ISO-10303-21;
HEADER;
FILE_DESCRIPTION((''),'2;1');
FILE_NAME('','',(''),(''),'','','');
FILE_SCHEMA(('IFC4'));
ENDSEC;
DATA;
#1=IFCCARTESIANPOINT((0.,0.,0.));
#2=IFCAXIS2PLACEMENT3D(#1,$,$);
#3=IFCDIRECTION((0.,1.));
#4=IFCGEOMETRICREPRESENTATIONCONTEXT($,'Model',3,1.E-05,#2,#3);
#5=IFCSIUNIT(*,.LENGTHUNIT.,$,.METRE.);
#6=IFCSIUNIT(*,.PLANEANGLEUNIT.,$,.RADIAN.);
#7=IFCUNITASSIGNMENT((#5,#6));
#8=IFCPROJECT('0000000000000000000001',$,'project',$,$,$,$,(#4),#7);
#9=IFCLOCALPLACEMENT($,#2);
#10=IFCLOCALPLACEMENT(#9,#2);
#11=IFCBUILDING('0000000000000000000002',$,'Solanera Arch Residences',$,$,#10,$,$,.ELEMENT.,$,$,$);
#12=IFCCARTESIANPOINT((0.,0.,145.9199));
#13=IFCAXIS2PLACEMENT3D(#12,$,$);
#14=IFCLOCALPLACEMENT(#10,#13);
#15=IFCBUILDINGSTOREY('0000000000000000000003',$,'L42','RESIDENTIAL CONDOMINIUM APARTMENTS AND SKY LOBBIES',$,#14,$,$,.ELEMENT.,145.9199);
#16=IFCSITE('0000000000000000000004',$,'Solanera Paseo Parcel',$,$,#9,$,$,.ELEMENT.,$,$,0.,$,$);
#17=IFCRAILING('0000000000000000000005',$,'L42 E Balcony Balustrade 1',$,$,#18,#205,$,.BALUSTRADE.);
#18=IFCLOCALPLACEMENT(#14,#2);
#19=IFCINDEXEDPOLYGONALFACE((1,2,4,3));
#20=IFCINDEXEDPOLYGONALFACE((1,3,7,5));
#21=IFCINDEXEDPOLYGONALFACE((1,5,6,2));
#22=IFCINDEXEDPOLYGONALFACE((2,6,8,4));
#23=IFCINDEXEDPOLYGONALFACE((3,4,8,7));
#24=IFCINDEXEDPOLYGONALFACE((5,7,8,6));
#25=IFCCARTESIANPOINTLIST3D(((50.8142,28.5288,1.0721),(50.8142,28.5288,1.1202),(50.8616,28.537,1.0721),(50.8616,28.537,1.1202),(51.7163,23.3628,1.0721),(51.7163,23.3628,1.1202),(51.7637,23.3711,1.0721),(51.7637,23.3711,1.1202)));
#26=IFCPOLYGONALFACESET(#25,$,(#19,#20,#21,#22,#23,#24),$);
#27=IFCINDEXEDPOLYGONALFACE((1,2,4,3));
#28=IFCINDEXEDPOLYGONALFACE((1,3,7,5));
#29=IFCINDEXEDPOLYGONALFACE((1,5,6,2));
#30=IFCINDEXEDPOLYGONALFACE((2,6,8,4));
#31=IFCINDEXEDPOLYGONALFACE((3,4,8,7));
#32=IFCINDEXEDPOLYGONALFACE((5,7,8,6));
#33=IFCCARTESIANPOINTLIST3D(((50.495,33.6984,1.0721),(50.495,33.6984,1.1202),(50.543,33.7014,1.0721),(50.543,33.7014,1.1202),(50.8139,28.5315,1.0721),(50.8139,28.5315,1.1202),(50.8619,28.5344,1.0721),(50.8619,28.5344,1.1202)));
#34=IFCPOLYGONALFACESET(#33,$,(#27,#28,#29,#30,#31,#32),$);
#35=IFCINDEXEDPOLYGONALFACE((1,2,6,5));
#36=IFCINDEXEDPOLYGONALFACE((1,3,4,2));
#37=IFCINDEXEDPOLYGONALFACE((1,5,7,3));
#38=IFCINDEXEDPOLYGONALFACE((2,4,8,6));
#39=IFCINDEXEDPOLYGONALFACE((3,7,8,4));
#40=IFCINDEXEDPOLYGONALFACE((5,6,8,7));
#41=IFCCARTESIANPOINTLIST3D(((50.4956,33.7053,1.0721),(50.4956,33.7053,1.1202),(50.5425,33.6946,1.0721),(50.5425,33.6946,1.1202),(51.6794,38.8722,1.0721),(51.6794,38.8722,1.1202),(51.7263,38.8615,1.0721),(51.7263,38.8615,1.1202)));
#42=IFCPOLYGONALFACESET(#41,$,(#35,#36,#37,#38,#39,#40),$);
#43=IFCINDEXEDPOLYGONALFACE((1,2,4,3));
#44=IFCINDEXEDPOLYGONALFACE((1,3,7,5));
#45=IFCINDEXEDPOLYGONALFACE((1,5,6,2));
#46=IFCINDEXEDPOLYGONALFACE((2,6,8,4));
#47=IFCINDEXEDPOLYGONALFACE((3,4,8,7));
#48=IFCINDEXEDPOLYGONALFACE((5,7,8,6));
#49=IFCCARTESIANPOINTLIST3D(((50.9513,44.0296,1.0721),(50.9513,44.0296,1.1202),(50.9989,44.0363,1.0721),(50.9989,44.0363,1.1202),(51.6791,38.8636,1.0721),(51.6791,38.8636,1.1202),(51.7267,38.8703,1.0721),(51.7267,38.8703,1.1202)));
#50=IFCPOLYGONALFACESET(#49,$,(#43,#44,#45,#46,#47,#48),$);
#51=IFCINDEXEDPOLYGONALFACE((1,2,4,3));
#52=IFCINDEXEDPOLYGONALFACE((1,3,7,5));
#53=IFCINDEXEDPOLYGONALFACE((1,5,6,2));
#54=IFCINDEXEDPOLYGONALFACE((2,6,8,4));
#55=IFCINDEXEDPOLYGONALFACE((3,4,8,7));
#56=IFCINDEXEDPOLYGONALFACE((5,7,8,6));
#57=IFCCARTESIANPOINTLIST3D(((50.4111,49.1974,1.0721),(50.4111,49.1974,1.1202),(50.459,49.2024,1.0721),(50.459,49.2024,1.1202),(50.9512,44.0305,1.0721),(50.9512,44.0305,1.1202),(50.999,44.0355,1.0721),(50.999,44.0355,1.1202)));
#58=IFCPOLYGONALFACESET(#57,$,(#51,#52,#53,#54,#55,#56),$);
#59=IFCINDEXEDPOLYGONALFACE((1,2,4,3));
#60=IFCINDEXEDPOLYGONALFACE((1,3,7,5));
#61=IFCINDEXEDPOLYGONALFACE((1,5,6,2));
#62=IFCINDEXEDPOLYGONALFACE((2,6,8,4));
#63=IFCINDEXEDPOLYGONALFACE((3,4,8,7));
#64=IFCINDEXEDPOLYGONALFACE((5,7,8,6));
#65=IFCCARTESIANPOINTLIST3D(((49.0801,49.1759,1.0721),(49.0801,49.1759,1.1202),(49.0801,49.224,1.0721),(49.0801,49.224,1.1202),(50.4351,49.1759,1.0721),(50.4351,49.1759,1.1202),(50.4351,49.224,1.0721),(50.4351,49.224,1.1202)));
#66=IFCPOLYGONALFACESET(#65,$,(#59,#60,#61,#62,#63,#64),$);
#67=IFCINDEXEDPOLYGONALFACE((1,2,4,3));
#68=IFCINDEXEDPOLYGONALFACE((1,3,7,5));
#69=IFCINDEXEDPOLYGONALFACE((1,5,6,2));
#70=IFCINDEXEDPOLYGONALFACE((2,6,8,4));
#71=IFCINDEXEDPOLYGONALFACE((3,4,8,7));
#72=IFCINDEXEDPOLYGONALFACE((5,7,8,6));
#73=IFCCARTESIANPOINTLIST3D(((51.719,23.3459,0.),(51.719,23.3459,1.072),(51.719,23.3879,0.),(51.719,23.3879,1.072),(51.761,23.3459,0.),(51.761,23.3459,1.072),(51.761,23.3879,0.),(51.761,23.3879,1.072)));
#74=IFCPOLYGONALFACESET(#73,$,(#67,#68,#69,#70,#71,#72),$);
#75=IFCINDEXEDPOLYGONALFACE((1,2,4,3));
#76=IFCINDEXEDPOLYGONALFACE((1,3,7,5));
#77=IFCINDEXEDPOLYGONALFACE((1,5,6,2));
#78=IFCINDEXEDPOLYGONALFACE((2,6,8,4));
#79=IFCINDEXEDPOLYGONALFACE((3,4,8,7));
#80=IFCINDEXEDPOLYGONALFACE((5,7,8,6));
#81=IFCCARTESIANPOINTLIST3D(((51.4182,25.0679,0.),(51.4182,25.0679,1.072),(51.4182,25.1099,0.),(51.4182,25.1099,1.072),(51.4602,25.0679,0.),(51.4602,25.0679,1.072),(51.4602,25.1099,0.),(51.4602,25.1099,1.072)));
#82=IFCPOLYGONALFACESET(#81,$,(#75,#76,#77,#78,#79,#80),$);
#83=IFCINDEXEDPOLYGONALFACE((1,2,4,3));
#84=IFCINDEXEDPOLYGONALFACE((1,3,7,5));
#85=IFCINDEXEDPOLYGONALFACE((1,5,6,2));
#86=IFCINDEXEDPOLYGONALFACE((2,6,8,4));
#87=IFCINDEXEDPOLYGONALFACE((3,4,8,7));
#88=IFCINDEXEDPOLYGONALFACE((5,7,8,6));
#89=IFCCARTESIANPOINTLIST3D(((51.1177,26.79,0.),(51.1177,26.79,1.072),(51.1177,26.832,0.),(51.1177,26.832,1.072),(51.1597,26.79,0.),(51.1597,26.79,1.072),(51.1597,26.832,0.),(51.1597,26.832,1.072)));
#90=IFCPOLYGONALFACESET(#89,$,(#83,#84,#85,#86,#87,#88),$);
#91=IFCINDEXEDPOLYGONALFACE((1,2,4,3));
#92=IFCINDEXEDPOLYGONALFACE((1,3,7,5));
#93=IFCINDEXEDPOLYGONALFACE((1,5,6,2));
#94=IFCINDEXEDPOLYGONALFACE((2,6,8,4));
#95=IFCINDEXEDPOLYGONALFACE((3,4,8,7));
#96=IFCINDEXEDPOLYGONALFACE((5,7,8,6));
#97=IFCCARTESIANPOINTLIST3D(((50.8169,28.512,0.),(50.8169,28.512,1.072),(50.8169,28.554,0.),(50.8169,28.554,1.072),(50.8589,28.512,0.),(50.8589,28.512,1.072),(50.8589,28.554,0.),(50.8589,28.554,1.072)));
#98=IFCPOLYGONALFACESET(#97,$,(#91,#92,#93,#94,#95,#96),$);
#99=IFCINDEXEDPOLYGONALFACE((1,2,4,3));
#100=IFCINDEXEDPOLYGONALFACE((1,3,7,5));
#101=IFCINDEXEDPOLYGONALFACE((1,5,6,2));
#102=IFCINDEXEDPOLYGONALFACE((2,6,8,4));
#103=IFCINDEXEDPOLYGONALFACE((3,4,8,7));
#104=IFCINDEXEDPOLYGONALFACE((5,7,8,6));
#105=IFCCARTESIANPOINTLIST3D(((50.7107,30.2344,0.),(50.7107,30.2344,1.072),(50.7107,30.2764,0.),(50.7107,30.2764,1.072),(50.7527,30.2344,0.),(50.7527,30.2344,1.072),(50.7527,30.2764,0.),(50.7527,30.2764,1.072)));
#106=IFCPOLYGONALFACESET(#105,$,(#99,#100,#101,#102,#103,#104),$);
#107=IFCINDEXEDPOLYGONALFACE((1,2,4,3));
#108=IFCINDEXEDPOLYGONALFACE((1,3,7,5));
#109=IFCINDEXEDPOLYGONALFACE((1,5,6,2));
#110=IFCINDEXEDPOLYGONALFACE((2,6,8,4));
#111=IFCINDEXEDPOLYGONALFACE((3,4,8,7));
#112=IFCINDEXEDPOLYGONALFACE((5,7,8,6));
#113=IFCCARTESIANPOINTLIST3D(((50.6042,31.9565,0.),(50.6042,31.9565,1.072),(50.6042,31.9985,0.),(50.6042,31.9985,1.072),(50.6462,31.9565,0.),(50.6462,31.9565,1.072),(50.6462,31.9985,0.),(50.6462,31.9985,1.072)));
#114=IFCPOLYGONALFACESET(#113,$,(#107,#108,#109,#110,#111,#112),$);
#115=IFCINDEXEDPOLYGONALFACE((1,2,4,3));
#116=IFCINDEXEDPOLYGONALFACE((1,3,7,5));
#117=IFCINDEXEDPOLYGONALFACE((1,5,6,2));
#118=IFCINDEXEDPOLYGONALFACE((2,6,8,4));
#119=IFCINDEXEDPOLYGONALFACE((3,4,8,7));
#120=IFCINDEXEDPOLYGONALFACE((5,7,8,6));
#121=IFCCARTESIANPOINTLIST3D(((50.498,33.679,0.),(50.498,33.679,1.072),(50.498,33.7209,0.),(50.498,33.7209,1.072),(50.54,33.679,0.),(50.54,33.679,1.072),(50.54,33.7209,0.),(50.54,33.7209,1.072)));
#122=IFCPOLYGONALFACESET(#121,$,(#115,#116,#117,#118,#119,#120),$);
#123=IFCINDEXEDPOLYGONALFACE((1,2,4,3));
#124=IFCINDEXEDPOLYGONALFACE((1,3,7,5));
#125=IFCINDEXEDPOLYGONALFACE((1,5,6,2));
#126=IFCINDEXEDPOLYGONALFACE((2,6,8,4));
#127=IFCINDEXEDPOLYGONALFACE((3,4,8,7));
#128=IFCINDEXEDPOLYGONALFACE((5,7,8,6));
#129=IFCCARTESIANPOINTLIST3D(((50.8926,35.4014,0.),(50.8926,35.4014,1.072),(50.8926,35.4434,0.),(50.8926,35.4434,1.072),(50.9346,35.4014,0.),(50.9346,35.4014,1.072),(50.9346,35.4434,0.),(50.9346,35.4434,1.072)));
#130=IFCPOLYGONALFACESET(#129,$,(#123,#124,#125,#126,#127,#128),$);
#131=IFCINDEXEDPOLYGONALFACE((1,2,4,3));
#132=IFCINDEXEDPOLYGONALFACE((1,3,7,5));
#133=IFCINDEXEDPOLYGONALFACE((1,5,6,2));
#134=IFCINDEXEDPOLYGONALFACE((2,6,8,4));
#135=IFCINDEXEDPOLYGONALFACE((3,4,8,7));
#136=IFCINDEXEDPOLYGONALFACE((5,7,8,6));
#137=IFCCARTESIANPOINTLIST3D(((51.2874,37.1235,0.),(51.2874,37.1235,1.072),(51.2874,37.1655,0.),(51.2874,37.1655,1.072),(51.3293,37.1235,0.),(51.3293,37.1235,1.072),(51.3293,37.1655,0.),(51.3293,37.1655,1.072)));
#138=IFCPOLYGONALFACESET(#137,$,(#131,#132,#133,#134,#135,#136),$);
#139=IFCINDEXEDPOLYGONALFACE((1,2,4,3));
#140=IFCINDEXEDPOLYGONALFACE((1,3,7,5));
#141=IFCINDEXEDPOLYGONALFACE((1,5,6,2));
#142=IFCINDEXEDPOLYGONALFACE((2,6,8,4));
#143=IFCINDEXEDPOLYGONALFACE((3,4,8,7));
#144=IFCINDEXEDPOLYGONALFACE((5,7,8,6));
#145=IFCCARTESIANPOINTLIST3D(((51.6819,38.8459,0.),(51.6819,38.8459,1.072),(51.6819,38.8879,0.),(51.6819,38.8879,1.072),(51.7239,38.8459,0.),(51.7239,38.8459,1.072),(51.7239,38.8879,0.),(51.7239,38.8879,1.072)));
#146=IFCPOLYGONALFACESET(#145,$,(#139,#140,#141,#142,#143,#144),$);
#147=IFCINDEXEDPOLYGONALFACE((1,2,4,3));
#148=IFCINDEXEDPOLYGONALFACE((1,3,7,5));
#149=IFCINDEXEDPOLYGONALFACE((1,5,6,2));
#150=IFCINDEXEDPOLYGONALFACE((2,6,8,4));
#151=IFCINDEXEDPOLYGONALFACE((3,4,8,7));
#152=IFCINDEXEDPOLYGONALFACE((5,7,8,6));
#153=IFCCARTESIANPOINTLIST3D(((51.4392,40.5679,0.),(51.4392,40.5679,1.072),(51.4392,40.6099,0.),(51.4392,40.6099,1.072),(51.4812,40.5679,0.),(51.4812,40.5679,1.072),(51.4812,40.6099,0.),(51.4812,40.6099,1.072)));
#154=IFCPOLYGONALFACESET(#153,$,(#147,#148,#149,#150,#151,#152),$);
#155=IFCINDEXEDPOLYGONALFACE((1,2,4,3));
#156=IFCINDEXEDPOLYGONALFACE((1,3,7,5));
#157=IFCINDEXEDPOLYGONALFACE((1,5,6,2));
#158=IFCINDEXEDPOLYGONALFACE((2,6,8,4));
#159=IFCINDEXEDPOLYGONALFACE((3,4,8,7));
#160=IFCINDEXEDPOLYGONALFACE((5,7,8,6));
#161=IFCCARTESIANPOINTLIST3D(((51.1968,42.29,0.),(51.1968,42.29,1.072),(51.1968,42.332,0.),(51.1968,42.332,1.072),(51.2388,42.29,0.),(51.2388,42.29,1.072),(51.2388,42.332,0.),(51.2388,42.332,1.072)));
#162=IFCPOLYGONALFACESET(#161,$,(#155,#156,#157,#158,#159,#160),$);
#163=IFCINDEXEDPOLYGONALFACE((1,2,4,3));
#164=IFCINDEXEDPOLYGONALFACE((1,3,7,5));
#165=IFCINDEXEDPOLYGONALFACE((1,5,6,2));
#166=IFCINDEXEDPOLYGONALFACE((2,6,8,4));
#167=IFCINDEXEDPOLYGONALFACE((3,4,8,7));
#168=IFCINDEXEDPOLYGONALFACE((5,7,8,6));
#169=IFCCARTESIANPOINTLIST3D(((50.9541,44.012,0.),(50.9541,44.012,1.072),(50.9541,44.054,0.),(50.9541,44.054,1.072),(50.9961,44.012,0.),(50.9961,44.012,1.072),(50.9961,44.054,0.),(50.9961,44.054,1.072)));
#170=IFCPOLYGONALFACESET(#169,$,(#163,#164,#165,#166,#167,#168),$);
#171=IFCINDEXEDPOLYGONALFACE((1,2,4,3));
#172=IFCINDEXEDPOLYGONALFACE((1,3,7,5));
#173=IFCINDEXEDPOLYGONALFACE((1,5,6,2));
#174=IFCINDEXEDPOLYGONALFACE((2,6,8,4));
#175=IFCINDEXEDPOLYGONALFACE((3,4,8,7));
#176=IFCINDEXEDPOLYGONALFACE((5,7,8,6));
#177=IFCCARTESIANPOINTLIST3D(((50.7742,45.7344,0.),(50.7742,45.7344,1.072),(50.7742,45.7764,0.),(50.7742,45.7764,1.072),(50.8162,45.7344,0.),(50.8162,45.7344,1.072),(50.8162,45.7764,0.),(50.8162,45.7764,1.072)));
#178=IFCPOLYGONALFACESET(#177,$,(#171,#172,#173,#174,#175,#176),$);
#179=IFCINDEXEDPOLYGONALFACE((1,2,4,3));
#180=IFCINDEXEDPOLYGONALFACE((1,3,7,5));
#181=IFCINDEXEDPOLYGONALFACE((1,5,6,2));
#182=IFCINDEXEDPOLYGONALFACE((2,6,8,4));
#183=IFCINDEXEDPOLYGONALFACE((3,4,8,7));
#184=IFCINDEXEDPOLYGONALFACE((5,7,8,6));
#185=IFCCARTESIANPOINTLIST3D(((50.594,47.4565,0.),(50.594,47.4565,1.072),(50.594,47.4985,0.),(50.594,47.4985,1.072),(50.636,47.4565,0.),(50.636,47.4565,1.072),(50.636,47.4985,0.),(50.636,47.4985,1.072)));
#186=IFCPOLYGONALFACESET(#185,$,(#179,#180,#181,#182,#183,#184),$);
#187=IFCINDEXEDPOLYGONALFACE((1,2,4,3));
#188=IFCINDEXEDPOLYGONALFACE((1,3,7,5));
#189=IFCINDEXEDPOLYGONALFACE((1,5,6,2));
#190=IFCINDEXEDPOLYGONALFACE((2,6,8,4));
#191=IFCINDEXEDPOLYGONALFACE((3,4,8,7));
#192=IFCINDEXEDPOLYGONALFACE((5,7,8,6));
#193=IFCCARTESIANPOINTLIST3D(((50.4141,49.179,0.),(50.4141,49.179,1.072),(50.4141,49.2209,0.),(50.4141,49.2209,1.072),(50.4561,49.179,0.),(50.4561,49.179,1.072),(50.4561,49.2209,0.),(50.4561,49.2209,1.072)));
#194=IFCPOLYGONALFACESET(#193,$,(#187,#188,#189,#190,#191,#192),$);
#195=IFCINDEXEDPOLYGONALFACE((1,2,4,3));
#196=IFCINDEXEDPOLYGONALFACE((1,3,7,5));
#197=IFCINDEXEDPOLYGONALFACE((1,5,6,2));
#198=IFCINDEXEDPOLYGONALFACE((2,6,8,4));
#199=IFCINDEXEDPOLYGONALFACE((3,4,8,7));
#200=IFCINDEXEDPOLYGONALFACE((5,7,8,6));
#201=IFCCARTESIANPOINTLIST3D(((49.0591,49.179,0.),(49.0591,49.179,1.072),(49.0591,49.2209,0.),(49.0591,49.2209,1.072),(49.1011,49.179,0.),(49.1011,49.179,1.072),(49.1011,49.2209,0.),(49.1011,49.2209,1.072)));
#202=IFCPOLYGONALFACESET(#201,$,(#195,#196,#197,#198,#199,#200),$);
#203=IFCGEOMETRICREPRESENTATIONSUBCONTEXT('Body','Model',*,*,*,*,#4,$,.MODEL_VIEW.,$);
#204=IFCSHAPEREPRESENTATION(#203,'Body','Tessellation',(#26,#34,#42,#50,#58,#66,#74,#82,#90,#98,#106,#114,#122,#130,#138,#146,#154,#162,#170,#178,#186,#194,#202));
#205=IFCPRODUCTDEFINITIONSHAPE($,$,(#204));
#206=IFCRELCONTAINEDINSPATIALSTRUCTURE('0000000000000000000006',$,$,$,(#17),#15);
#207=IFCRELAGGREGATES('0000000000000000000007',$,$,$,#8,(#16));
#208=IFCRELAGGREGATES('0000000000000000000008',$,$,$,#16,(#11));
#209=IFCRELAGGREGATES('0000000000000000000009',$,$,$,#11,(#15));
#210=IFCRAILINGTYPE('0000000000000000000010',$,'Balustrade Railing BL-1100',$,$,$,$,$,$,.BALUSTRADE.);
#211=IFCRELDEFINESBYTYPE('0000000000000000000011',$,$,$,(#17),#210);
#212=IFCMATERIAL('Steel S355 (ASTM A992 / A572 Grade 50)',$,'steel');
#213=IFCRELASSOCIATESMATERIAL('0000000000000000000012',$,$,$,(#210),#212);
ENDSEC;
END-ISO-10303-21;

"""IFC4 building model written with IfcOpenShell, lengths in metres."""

from ifc_helpers import new_model, si_unit, direction, frame, origin, origin_2d, place, context, subcontext, project, spatial, rectangle, extrude, material, type_object, element, save


model = new_model("IFC4")

# Units and contexts
model_context = context("Model", 3, precision=1e-05, world=origin(), true_north=direction((0.0, 1.0)))
body_context = subcontext(model_context, "Body", "Model", "MODEL_VIEW")
ifc_project = project(units=[si_unit("LENGTHUNIT", "METRE"), si_unit("PLANEANGLEUNIT", "RADIAN")], contexts=[model_context])

# Site, building, storey
site_placement = place(None, origin())
site = spatial("IfcSite", under=ifc_project, at=site_placement, Name="Solanera Paseo Parcel", CompositionType="ELEMENT", RefElevation=0.0)
building_placement = place(site_placement, origin())
building = spatial("IfcBuilding", under=site, at=building_placement, Name="Solanera Arch Residences", CompositionType="ELEMENT")
storey_placement = place(building_placement, frame((0.0, 0.0, 145.9199)))
storey = spatial("IfcBuildingStorey", under=building, at=storey_placement, Name="L42", Description="RESIDENTIAL CONDOMINIUM APARTMENTS AND SKY LOBBIES", CompositionType="ELEMENT", Elevation=145.9199)

# Railing
ifc_material_1 = material(Name="Steel S355 (ASTM A992 / A572 Grade 50)", Category="steel")
railing_type = type_object("IfcRailingType", Name="Balustrade Railing BL-1100", PredefinedType="BALUSTRADE", material=ifc_material_1)
railing_placement = place(storey_placement, frame((51.74, 23.3669, 0.0)))
element("IfcRailing", 1, at=railing_placement, inside=storey, type_object=railing_type, Name="L42 E Balcony Balustrade 1", PredefinedType="BALUSTRADE", context=body_context, shape_type="SweptSolid", body=[
    extrude(rectangle(XDim=0.0481, YDim=0.0481, at=origin_2d()), frame((0.0, 0.0, 1.0962), z_axis=(-0.172019, 0.985094, 0.0), x_axis=(-0.985094, -0.172019, 0.0)), (0.0, 0.0, 1.0), 5.2441),
    extrude(rectangle(XDim=0.0481, YDim=0.0481, at=origin_2d()), frame((-0.9021, 5.166, 1.0962), z_axis=(-0.061591, 0.998101, 0.0), x_axis=(-0.998101, -0.061591, 0.0)), (0.0, 0.0, 1.0), 5.1768),
    extrude(rectangle(XDim=0.0481, YDim=0.0481, at=origin_2d()), frame((-1.2209, 10.333, 1.0962), z_axis=(0.223329, 0.974743, 0.0), x_axis=(-0.974743, 0.223329, 0.0)), (0.0, 0.0, 1.0), 5.3008),
    extrude(rectangle(XDim=0.0481, YDim=0.0481, at=origin_2d()), frame((-0.0371, 15.5, 1.0962), z_axis=(-0.139501, 0.990222, 0.0), x_axis=(-0.990222, -0.139501, 0.0)), (0.0, 0.0, 1.0), 5.217),
    extrude(rectangle(XDim=0.0481, YDim=0.0481, at=origin_2d()), frame((-0.7649, 20.666, 1.0962), z_axis=(-0.103951, 0.994582, 0.0), x_axis=(-0.994582, -0.103951, 0.0)), (0.0, 0.0, 1.0), 5.1951),
    extrude(rectangle(XDim=0.0481, YDim=0.0481, at=origin_2d()), frame((-1.3049, 25.833, 1.0962), z_axis=(-1.0, 0.0, 0.0), x_axis=(0.0, -1.0, 0.0)), (0.0, 0.0, 1.0), 1.355),
    extrude(rectangle(XDim=0.042, YDim=0.042, at=origin_2d()), origin(), (0.0, 0.0, 1.0), 1.072),
    extrude(rectangle(XDim=0.042, YDim=0.042, at=origin_2d()), frame((-0.3008, 1.7219, 0.0)), (0.0, 0.0, 1.0), 1.072),
    extrude(rectangle(XDim=0.042, YDim=0.042, at=origin_2d()), frame((-0.6013, 3.4441, 0.0)), (0.0, 0.0, 1.0), 1.072),
    extrude(rectangle(XDim=0.042, YDim=0.042, at=origin_2d()), frame((-0.9021, 5.166, 0.0)), (0.0, 0.0, 1.0), 1.072),
    extrude(rectangle(XDim=0.042, YDim=0.042, at=origin_2d()), frame((-1.0083, 6.8884, 0.0)), (0.0, 0.0, 1.0), 1.072),
    extrude(rectangle(XDim=0.042, YDim=0.042, at=origin_2d()), frame((-1.1147, 8.6106, 0.0)), (0.0, 0.0, 1.0), 1.072),
    extrude(rectangle(XDim=0.042, YDim=0.042, at=origin_2d()), frame((-1.2209, 10.333, 0.0)), (0.0, 0.0, 1.0), 1.072),
    extrude(rectangle(XDim=0.042, YDim=0.042, at=origin_2d()), frame((-0.8264, 12.0554, 0.0)), (0.0, 0.0, 1.0), 1.072),
    extrude(rectangle(XDim=0.042, YDim=0.042, at=origin_2d()), frame((-0.4316, 13.7776, 0.0)), (0.0, 0.0, 1.0), 1.072),
    extrude(rectangle(XDim=0.042, YDim=0.042, at=origin_2d()), frame((-0.0371, 15.5, 0.0)), (0.0, 0.0, 1.0), 1.072),
    extrude(rectangle(XDim=0.042, YDim=0.042, at=origin_2d()), frame((-0.2798, 17.2219, 0.0)), (0.0, 0.0, 1.0), 1.072),
    extrude(rectangle(XDim=0.042, YDim=0.042, at=origin_2d()), frame((-0.5222, 18.9441, 0.0)), (0.0, 0.0, 1.0), 1.072),
    extrude(rectangle(XDim=0.042, YDim=0.042, at=origin_2d()), frame((-0.7649, 20.666, 0.0)), (0.0, 0.0, 1.0), 1.072),
    extrude(rectangle(XDim=0.042, YDim=0.042, at=origin_2d()), frame((-0.9448, 22.3884, 0.0)), (0.0, 0.0, 1.0), 1.072),
    extrude(rectangle(XDim=0.042, YDim=0.042, at=origin_2d()), frame((-1.125, 24.1106, 0.0)), (0.0, 0.0, 1.0), 1.072),
    extrude(rectangle(XDim=0.042, YDim=0.042, at=origin_2d()), frame((-1.3049, 25.833, 0.0)), (0.0, 0.0, 1.0), 1.072),
    extrude(rectangle(XDim=0.042, YDim=0.042, at=origin_2d()), frame((-2.6599, 25.833, 0.0)), (0.0, 0.0, 1.0), 1.072),
])

save(model, "model.ifc")
